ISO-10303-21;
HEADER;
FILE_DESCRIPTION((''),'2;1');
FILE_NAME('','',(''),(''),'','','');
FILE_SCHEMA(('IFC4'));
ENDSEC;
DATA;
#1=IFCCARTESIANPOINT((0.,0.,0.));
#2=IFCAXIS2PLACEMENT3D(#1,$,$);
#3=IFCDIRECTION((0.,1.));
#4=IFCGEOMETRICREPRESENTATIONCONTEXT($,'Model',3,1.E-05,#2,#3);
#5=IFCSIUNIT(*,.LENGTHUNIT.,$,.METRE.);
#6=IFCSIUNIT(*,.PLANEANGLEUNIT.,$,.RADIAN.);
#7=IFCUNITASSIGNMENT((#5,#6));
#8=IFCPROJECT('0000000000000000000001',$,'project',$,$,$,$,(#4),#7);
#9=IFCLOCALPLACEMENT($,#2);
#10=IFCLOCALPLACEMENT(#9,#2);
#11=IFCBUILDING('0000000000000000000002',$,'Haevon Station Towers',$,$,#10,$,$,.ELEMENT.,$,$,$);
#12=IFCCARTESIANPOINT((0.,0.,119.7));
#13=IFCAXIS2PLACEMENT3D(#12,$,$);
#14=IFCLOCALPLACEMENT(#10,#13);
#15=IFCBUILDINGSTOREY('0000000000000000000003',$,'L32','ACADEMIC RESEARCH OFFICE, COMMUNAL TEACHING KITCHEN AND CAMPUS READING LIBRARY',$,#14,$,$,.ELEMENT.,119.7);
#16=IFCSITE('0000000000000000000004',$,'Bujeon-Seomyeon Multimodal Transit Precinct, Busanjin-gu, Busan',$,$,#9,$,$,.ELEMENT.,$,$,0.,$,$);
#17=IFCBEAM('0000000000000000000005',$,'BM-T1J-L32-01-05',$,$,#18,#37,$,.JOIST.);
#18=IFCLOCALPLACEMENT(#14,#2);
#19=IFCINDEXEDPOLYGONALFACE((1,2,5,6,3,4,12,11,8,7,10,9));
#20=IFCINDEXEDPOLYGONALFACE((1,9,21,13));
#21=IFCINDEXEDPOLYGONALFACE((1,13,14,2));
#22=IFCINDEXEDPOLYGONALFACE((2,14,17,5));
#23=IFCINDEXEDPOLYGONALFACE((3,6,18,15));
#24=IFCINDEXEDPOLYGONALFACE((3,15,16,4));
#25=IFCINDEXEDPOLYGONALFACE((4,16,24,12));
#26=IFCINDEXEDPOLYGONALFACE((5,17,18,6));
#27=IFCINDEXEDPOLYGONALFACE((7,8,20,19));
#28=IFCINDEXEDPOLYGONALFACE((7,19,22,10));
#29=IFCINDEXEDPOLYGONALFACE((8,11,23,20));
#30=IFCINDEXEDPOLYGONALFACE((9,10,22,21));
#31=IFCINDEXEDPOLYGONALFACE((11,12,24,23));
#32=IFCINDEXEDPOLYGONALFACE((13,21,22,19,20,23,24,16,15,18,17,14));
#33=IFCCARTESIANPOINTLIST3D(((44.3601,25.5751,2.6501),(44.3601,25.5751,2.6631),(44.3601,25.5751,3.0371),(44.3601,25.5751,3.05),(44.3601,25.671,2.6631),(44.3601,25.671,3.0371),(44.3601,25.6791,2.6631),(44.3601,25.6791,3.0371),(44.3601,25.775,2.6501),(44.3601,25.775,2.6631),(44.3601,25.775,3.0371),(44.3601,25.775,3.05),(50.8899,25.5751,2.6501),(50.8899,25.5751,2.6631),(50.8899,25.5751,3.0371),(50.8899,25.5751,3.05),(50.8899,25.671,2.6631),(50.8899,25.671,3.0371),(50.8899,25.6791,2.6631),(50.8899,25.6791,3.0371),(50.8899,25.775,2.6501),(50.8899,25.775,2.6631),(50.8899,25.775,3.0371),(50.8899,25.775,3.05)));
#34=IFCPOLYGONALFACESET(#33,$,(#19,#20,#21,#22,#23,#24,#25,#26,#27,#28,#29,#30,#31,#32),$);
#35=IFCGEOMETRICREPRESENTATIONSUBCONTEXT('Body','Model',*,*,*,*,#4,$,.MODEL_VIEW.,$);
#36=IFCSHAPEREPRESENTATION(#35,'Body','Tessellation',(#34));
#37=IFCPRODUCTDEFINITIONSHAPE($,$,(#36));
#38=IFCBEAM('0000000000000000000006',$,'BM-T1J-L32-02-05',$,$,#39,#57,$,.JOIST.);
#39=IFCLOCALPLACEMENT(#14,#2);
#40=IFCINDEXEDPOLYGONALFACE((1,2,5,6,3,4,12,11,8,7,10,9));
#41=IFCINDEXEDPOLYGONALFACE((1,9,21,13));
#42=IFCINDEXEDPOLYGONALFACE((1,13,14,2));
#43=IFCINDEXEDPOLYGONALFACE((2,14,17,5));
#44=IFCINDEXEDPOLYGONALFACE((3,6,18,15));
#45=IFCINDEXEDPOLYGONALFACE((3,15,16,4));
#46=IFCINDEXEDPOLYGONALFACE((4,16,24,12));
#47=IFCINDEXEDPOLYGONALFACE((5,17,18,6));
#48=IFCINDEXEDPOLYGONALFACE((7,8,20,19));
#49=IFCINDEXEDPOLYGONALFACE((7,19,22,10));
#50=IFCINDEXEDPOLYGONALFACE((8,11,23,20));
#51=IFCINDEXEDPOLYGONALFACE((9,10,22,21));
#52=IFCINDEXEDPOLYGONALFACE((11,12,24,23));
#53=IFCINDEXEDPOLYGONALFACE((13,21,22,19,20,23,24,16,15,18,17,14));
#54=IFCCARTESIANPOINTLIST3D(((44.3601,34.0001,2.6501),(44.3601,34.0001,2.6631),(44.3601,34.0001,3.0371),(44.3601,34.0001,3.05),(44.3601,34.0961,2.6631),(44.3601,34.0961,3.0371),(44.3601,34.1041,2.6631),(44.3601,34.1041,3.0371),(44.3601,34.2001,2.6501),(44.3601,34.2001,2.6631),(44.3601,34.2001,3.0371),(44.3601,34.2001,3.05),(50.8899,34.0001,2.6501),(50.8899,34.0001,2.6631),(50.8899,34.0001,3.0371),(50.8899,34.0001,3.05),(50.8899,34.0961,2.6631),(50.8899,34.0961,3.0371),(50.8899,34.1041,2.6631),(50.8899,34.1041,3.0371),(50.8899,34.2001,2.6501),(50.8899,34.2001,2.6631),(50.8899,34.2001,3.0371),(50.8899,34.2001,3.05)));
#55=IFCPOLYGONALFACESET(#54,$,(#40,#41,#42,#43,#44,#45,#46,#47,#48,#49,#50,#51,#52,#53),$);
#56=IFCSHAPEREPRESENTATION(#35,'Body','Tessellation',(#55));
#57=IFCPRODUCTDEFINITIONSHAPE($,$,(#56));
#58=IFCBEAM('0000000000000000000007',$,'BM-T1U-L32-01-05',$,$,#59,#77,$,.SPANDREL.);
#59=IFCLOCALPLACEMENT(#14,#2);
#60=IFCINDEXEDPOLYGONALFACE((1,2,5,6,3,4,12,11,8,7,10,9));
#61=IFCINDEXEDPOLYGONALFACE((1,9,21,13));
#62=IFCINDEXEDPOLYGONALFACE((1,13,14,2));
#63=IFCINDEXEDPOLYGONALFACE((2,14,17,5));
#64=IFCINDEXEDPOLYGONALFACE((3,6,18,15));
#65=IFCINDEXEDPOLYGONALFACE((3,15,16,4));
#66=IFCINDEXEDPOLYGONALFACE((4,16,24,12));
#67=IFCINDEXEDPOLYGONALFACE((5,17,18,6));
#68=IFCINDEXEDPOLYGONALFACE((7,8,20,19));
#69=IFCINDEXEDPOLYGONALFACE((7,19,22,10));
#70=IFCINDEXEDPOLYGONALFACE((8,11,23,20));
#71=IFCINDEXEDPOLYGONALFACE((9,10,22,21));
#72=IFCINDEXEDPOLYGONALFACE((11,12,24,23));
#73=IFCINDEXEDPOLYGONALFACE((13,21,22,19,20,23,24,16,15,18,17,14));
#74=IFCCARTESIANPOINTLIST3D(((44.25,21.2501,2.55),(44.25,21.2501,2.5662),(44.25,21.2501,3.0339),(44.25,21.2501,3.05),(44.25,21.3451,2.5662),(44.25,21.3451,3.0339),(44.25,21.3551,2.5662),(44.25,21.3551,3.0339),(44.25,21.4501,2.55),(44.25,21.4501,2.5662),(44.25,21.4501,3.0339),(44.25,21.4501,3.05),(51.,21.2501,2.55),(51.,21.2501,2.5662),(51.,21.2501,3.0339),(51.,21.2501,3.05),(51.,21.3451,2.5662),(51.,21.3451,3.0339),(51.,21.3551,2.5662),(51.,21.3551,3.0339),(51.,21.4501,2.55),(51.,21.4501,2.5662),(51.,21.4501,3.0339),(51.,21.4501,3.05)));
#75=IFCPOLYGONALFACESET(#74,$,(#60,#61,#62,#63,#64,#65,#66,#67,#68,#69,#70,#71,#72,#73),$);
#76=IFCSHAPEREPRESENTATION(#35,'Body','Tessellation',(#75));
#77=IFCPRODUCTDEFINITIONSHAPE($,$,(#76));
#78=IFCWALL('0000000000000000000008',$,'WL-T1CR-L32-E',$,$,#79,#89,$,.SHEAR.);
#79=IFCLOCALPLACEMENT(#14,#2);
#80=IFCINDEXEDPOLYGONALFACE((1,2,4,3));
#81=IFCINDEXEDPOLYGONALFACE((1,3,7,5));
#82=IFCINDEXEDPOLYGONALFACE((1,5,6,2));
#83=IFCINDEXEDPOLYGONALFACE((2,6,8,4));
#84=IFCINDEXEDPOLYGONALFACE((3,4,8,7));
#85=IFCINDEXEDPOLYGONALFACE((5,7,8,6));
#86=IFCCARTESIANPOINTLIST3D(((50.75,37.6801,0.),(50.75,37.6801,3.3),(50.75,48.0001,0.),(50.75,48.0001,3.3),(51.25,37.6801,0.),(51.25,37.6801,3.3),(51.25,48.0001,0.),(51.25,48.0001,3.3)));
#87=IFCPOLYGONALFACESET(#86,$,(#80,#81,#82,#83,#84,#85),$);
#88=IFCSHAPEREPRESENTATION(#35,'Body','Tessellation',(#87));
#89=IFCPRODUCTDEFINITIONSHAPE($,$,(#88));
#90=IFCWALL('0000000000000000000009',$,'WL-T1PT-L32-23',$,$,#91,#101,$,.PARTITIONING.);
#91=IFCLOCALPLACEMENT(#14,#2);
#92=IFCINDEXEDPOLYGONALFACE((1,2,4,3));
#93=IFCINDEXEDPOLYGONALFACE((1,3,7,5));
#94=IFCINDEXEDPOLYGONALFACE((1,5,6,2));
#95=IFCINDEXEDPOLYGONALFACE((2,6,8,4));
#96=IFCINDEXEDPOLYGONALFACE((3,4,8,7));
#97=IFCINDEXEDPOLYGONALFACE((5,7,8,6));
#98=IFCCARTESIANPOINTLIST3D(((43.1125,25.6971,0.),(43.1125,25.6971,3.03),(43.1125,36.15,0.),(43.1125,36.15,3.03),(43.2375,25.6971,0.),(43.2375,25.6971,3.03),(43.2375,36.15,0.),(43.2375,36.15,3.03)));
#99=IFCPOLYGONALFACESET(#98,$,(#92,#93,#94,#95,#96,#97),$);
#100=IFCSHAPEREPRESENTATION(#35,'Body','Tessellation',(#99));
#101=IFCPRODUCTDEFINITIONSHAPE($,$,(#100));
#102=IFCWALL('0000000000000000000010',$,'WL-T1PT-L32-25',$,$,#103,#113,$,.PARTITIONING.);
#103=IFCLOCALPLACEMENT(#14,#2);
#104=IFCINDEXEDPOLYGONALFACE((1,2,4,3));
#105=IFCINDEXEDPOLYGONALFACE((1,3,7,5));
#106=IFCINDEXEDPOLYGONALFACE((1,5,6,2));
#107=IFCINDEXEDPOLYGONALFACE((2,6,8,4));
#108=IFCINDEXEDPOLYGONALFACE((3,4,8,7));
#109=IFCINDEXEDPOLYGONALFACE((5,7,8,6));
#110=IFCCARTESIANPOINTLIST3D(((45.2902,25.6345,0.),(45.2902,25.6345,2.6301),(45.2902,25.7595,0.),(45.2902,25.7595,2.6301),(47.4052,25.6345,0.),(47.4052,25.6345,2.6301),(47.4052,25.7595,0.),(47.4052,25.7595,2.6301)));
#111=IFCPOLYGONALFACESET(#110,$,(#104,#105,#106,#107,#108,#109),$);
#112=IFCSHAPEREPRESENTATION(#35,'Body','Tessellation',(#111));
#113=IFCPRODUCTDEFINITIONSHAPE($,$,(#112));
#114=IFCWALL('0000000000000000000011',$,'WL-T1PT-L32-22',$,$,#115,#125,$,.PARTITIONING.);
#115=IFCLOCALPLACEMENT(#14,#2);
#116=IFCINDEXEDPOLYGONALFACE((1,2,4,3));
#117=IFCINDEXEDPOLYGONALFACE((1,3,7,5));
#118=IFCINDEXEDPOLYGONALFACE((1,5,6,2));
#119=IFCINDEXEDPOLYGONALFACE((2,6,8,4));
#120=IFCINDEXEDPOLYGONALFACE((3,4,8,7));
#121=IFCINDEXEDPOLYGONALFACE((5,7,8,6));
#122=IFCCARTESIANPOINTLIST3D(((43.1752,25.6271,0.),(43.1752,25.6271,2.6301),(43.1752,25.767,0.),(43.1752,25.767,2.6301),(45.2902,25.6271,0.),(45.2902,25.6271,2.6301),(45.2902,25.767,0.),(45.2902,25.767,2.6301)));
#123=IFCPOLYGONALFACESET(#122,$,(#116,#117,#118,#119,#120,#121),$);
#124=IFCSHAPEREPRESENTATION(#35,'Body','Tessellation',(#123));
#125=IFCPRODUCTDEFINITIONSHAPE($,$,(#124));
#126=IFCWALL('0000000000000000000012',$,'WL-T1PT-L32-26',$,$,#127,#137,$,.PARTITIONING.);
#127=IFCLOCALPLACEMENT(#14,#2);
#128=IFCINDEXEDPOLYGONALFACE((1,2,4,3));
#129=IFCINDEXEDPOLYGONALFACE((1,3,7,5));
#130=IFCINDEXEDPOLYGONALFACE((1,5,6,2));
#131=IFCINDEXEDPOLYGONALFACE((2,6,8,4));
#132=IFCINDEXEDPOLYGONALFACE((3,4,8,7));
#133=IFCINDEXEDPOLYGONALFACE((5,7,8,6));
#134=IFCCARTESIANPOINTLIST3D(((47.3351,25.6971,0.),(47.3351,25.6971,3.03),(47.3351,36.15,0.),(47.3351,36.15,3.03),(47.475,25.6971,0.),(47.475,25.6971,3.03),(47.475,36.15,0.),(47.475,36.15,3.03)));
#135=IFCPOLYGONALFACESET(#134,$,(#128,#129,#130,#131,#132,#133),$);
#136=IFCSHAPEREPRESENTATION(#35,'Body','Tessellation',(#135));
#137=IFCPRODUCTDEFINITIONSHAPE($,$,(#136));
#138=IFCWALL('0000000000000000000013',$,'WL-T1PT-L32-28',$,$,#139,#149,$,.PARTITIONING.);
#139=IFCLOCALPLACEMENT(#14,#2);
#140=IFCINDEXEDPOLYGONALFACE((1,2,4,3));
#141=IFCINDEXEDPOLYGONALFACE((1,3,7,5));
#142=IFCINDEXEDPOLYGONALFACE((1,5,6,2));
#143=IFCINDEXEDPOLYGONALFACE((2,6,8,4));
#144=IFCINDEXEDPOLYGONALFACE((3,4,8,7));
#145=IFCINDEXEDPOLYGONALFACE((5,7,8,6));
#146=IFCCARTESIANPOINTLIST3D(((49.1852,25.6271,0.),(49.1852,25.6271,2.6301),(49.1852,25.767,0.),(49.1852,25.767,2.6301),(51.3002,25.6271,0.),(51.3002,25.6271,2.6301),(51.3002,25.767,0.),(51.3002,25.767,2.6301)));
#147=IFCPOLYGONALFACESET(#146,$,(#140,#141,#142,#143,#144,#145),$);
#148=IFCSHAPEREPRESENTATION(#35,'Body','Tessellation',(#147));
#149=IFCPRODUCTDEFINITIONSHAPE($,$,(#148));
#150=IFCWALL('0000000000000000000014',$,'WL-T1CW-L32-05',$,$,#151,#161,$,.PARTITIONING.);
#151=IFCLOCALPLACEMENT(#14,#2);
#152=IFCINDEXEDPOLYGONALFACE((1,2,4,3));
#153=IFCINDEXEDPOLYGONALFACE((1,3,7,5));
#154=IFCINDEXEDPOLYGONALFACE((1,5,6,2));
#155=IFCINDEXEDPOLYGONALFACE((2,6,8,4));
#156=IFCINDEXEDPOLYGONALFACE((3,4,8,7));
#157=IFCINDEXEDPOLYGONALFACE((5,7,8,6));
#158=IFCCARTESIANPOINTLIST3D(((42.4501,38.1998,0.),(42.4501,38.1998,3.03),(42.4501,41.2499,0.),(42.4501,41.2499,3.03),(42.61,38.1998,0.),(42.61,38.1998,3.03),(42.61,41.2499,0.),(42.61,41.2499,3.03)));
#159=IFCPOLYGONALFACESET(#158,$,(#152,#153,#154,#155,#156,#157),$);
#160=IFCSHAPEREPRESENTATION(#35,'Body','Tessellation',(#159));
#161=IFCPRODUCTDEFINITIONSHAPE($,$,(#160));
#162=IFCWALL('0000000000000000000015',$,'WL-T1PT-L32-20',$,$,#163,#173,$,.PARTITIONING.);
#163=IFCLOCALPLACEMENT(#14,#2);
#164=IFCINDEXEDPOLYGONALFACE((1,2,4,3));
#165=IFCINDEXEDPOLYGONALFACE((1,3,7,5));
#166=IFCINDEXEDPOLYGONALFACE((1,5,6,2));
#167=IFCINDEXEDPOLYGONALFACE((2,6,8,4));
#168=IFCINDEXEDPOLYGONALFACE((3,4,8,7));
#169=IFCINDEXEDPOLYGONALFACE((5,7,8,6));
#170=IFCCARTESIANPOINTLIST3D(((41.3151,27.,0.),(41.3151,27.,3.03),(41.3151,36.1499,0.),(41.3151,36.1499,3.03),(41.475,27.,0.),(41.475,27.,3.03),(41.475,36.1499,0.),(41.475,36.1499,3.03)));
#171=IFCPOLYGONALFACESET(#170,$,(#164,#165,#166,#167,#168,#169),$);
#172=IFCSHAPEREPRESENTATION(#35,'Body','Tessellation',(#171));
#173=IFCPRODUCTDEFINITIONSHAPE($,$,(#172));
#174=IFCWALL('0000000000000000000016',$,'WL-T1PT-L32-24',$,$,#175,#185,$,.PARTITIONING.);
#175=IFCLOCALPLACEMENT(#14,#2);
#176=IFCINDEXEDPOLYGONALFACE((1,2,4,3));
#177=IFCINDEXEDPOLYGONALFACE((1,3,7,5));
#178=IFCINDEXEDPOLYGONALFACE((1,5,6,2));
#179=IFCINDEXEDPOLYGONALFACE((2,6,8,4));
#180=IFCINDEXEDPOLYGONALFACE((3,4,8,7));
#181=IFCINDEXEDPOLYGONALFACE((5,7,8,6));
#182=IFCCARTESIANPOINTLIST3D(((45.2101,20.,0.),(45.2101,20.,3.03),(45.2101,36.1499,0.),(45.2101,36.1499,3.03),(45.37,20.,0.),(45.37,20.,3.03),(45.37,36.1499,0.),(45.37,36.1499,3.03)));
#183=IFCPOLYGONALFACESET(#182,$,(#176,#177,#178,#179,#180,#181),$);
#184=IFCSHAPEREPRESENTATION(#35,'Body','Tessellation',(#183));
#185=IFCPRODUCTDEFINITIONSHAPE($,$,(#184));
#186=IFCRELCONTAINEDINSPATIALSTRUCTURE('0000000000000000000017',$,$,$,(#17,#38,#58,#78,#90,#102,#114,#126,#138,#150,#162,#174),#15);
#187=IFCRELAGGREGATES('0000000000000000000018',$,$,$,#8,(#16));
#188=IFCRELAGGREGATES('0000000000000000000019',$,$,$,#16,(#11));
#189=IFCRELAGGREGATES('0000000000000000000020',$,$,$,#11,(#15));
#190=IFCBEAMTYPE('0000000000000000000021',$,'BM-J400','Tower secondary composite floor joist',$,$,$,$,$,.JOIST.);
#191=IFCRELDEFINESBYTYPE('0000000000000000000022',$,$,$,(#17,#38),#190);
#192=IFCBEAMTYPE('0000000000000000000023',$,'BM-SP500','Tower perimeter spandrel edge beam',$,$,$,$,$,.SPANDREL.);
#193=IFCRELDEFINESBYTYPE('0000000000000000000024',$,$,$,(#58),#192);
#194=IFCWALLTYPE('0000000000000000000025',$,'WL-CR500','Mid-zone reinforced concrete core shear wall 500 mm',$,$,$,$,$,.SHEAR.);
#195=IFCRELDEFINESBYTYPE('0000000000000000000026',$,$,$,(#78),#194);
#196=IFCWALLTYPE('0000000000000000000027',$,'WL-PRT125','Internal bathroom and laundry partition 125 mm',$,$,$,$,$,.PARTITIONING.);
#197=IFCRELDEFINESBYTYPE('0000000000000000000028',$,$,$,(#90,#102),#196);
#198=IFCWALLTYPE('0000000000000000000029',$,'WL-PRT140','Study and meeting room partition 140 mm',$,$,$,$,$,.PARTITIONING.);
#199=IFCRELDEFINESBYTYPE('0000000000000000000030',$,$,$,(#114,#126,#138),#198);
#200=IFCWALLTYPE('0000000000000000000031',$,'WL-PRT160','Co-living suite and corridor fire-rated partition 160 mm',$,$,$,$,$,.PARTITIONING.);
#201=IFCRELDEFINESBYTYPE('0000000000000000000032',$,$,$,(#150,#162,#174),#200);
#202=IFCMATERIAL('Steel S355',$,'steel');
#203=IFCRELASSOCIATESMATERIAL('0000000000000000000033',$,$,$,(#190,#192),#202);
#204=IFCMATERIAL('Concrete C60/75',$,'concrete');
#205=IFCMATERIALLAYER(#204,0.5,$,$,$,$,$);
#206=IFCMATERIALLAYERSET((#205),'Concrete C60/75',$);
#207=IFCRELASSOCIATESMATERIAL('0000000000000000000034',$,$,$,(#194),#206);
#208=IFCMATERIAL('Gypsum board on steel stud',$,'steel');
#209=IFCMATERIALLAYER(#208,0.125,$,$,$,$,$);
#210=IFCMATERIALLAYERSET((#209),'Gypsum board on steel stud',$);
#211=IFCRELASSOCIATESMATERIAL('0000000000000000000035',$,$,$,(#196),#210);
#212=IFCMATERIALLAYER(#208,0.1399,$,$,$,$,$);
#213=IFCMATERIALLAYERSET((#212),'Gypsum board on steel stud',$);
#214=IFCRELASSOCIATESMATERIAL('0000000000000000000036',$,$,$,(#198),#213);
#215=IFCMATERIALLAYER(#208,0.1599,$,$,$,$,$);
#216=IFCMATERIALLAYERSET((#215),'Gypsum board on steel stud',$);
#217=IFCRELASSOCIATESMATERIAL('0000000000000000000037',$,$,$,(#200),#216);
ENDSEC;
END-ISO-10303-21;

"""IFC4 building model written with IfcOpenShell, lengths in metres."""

from ifc_helpers import new_model, si_unit, direction, frame, frame_2d, origin, origin_2d, place, context, subcontext, project, spatial, rectangle, i_section, extrude, material, layer, layer_set, material_profile, profile_set, type_object, element, save


model = new_model("IFC4")

# Units and contexts
model_context = context("Model", 3, precision=1e-05, world=origin(), true_north=direction((0.0, 1.0)))
body_context = subcontext(model_context, "Body", "Model", "MODEL_VIEW")
ifc_project = project(units=[si_unit("LENGTHUNIT", "METRE"), si_unit("PLANEANGLEUNIT", "RADIAN")], contexts=[model_context])

# Site, building, storey
site_placement = place(None, origin())
site = spatial("IfcSite", under=ifc_project, at=site_placement, Name="Bujeon-Seomyeon Multimodal Transit Precinct, Busanjin-gu, Busan", CompositionType="ELEMENT", RefElevation=0.0)
building_placement = place(site_placement, origin())
building = spatial("IfcBuilding", under=site, at=building_placement, Name="Haevon Station Towers", CompositionType="ELEMENT")
storey_placement = place(building_placement, frame((0.0, 0.0, 119.7)))
storey = spatial("IfcBuildingStorey", under=building, at=storey_placement, Name="L32", Description="ACADEMIC RESEARCH OFFICE, COMMUNAL TEACHING KITCHEN AND CAMPUS READING LIBRARY", CompositionType="ELEMENT", Elevation=119.7)

# Beams
ifc_material_1 = material(Name="Steel S355", Category="steel")
ifc_material_profile_1 = material_profile(ifc_material_1, i_section(OverallWidth=0.2, OverallDepth=0.3999, WebThickness=0.0081, FlangeThickness=0.0129, at=origin_2d()), Name="H-400x200x8x13")
ifc_profile_set_1 = profile_set([ifc_material_profile_1], Name="Steel S355")
beam_type_1 = type_object("IfcBeamType", Name="BM-J400", Description="Tower secondary composite floor joist", PredefinedType="JOIST", material=ifc_profile_set_1)
for number, where, z_axis, x_axis, name in (
    (1, (44.3601, 25.675, 2.8501), (1.0, 0.0, 0.0), (0.0, 1.0, 0.0), "BM-T1J-L32-01-05"),
    (2, (44.3601, 34.1001, 2.8501), (1.0, 0.0, 0.0), (0.0, 1.0, 0.0), "BM-T1J-L32-02-05"),
):
    element("IfcBeam", number, at=place(storey_placement, frame(where, z_axis=z_axis, x_axis=x_axis)), inside=storey, type_object=beam_type_1, Name=name, PredefinedType="JOIST", context=body_context, shape_type="SweptSolid", body=[
        extrude(i_section(OverallWidth=0.2, OverallDepth=0.3999, WebThickness=0.0081, FlangeThickness=0.0129, at=origin_2d()), origin(), (0.0, 0.0, 1.0), 6.5298),
    ])
ifc_material_profile_2 = material_profile(ifc_material_1, i_section(OverallWidth=0.2, OverallDepth=0.5, WebThickness=0.01, FlangeThickness=0.0161, at=origin_2d()), Name="H-500x200x10x16")
ifc_profile_set_2 = profile_set([ifc_material_profile_2], Name="Steel S355")
beam_type_2 = type_object("IfcBeamType", Name="BM-SP500", Description="Tower perimeter spandrel edge beam", PredefinedType="SPANDREL", material=ifc_profile_set_2)
beam_1_placement = place(storey_placement, frame((44.25, 21.3501, 2.8), z_axis=(1.0, 0.0, 0.0), x_axis=(0.0, 1.0, 0.0)))
element("IfcBeam", 3, at=beam_1_placement, inside=storey, type_object=beam_type_2, Name="BM-T1U-L32-01-05", PredefinedType="SPANDREL", context=body_context, shape_type="SweptSolid", body=[
    extrude(i_section(OverallWidth=0.2, OverallDepth=0.5, WebThickness=0.01, FlangeThickness=0.0161, at=origin_2d()), origin(), (0.0, 0.0, 1.0), 6.75),
])

# Walls
ifc_material_2 = material(Name="Concrete C60/75", Category="concrete")
ifc_layer_1 = layer(ifc_material_2, 0.5)
ifc_layer_set_1 = layer_set([ifc_layer_1], Name="Concrete C60/75")
wall_type_1 = type_object("IfcWallType", Name="WL-CR500", Description="Mid-zone reinforced concrete core shear wall 500 mm", PredefinedType="SHEAR", material=ifc_layer_set_1)
wall_1_placement = place(storey_placement, frame((51.0, 37.6799, 0.0), z_axis=(0.0, 0.0, 1.0), x_axis=(0.0, 1.0, 0.0)))
element("IfcWall", 4, at=wall_1_placement, inside=storey, type_object=wall_type_1, Name="WL-T1CR-L32-E", PredefinedType="SHEAR", context=body_context, shape_type="SweptSolid", body=[
    extrude(rectangle(XDim=10.3201, YDim=0.5, at=frame_2d((5.1602, 0.0))), origin(), (0.0, 0.0, 1.0), 3.3),
])
ifc_material_3 = material(Name="Gypsum board on steel stud", Category="steel")
ifc_layer_2 = layer(ifc_material_3, 0.125)
ifc_layer_set_2 = layer_set([ifc_layer_2], Name="Gypsum board on steel stud")
wall_type_2 = type_object("IfcWallType", Name="WL-PRT125", Description="Internal bathroom and laundry partition 125 mm", PredefinedType="PARTITIONING", material=ifc_layer_set_2)
wall_2_placement = place(storey_placement, frame((43.175, 25.697, 0.0), z_axis=(0.0, 0.0, 1.0), x_axis=(0.0, 1.0, 0.0)))
element("IfcWall", 5, at=wall_2_placement, inside=storey, type_object=wall_type_2, Name="WL-T1PT-L32-23", PredefinedType="PARTITIONING", context=body_context, shape_type="SweptSolid", body=[
    extrude(rectangle(XDim=10.4529, YDim=0.125, at=frame_2d((5.2266, 0.0))), origin(), (0.0, 0.0, 1.0), 3.03),
])
wall_3_placement = place(storey_placement, frame((45.29, 25.697, 0.0), z_axis=(0.0, 0.0, 1.0), x_axis=(1.0, 0.0, 0.0)))
element("IfcWall", 6, at=wall_3_placement, inside=storey, type_object=wall_type_2, Name="WL-T1PT-L32-25", PredefinedType="PARTITIONING", context=body_context, shape_type="SweptSolid", body=[
    extrude(rectangle(XDim=2.115, YDim=0.125, at=frame_2d((1.0576, 0.0))), origin(), (0.0, 0.0, 1.0), 2.6301),
])
ifc_layer_3 = layer(ifc_material_3, 0.1399)
ifc_layer_set_3 = layer_set([ifc_layer_3], Name="Gypsum board on steel stud")
wall_type_3 = type_object("IfcWallType", Name="WL-PRT140", Description="Study and meeting room partition 140 mm", PredefinedType="PARTITIONING", material=ifc_layer_set_3)
wall_4_placement = place(storey_placement, frame((43.175, 25.697, 0.0), z_axis=(0.0, 0.0, 1.0), x_axis=(1.0, 0.0, 0.0)))
element("IfcWall", 7, at=wall_4_placement, inside=storey, type_object=wall_type_3, Name="WL-T1PT-L32-22", PredefinedType="PARTITIONING", context=body_context, shape_type="SweptSolid", body=[
    extrude(rectangle(XDim=2.115, YDim=0.1399, at=frame_2d((1.0576, 0.0))), origin(), (0.0, 0.0, 1.0), 2.6301),
])
wall_5_placement = place(storey_placement, frame((47.405, 25.697, 0.0), z_axis=(0.0, 0.0, 1.0), x_axis=(0.0, 1.0, 0.0)))
element("IfcWall", 8, at=wall_5_placement, inside=storey, type_object=wall_type_3, Name="WL-T1PT-L32-26", PredefinedType="PARTITIONING", context=body_context, shape_type="SweptSolid", body=[
    extrude(rectangle(XDim=10.4529, YDim=0.1399, at=frame_2d((5.2266, 0.0))), origin(), (0.0, 0.0, 1.0), 3.03),
])
wall_6_placement = place(storey_placement, frame((49.1851, 25.697, 0.0), z_axis=(0.0, 0.0, 1.0), x_axis=(1.0, 0.0, 0.0)))
element("IfcWall", 9, at=wall_6_placement, inside=storey, type_object=wall_type_3, Name="WL-T1PT-L32-28", PredefinedType="PARTITIONING", context=body_context, shape_type="SweptSolid", body=[
    extrude(rectangle(XDim=2.115, YDim=0.1399, at=frame_2d((1.0576, 0.0))), origin(), (0.0, 0.0, 1.0), 2.6301),
])
ifc_layer_4 = layer(ifc_material_3, 0.1599)
ifc_layer_set_4 = layer_set([ifc_layer_4], Name="Gypsum board on steel stud")
wall_type_4 = type_object("IfcWallType", Name="WL-PRT160", Description="Co-living suite and corridor fire-rated partition 160 mm", PredefinedType="PARTITIONING", material=ifc_layer_set_4)
wall_7_placement = place(storey_placement, frame((42.53, 38.2, 0.0), z_axis=(0.0, 0.0, 1.0), x_axis=(0.0, 1.0, 0.0)))
element("IfcWall", 10, at=wall_7_placement, inside=storey, type_object=wall_type_4, Name="WL-T1CW-L32-05", PredefinedType="PARTITIONING", context=body_context, shape_type="SweptSolid", body=[
    extrude(rectangle(XDim=3.05, YDim=0.1599, at=frame_2d((1.5249, 0.0))), origin(), (0.0, 0.0, 1.0), 3.03),
])
wall_8_placement = place(storey_placement, frame((41.395, 27.0, 0.0), z_axis=(0.0, 0.0, 1.0), x_axis=(0.0, 1.0, 0.0)))
element("IfcWall", 11, at=wall_8_placement, inside=storey, type_object=wall_type_4, Name="WL-T1PT-L32-20", PredefinedType="PARTITIONING", context=body_context, shape_type="SweptSolid", body=[
    extrude(rectangle(XDim=9.1499, YDim=0.1599, at=frame_2d((4.575, 0.0))), origin(), (0.0, 0.0, 1.0), 3.03),
])
for number, where, z_axis, x_axis, name in (
    (12, (45.29, 20.0, 0.0), (0.0, 0.0, 1.0), (0.0, 1.0, 0.0), "WL-T1PT-L32-24"),
):
    element("IfcWall", number, at=place(storey_placement, frame(where, z_axis=z_axis, x_axis=x_axis)), inside=storey, type_object=wall_type_4, Name=name, PredefinedType="PARTITIONING", context=body_context, shape_type="SweptSolid", body=[
        extrude(rectangle(XDim=16.1499, YDim=0.1599, at=frame_2d((8.075, 0.0))), origin(), (0.0, 0.0, 1.0), 3.03),
    ])

save(model, "model.ifc")
